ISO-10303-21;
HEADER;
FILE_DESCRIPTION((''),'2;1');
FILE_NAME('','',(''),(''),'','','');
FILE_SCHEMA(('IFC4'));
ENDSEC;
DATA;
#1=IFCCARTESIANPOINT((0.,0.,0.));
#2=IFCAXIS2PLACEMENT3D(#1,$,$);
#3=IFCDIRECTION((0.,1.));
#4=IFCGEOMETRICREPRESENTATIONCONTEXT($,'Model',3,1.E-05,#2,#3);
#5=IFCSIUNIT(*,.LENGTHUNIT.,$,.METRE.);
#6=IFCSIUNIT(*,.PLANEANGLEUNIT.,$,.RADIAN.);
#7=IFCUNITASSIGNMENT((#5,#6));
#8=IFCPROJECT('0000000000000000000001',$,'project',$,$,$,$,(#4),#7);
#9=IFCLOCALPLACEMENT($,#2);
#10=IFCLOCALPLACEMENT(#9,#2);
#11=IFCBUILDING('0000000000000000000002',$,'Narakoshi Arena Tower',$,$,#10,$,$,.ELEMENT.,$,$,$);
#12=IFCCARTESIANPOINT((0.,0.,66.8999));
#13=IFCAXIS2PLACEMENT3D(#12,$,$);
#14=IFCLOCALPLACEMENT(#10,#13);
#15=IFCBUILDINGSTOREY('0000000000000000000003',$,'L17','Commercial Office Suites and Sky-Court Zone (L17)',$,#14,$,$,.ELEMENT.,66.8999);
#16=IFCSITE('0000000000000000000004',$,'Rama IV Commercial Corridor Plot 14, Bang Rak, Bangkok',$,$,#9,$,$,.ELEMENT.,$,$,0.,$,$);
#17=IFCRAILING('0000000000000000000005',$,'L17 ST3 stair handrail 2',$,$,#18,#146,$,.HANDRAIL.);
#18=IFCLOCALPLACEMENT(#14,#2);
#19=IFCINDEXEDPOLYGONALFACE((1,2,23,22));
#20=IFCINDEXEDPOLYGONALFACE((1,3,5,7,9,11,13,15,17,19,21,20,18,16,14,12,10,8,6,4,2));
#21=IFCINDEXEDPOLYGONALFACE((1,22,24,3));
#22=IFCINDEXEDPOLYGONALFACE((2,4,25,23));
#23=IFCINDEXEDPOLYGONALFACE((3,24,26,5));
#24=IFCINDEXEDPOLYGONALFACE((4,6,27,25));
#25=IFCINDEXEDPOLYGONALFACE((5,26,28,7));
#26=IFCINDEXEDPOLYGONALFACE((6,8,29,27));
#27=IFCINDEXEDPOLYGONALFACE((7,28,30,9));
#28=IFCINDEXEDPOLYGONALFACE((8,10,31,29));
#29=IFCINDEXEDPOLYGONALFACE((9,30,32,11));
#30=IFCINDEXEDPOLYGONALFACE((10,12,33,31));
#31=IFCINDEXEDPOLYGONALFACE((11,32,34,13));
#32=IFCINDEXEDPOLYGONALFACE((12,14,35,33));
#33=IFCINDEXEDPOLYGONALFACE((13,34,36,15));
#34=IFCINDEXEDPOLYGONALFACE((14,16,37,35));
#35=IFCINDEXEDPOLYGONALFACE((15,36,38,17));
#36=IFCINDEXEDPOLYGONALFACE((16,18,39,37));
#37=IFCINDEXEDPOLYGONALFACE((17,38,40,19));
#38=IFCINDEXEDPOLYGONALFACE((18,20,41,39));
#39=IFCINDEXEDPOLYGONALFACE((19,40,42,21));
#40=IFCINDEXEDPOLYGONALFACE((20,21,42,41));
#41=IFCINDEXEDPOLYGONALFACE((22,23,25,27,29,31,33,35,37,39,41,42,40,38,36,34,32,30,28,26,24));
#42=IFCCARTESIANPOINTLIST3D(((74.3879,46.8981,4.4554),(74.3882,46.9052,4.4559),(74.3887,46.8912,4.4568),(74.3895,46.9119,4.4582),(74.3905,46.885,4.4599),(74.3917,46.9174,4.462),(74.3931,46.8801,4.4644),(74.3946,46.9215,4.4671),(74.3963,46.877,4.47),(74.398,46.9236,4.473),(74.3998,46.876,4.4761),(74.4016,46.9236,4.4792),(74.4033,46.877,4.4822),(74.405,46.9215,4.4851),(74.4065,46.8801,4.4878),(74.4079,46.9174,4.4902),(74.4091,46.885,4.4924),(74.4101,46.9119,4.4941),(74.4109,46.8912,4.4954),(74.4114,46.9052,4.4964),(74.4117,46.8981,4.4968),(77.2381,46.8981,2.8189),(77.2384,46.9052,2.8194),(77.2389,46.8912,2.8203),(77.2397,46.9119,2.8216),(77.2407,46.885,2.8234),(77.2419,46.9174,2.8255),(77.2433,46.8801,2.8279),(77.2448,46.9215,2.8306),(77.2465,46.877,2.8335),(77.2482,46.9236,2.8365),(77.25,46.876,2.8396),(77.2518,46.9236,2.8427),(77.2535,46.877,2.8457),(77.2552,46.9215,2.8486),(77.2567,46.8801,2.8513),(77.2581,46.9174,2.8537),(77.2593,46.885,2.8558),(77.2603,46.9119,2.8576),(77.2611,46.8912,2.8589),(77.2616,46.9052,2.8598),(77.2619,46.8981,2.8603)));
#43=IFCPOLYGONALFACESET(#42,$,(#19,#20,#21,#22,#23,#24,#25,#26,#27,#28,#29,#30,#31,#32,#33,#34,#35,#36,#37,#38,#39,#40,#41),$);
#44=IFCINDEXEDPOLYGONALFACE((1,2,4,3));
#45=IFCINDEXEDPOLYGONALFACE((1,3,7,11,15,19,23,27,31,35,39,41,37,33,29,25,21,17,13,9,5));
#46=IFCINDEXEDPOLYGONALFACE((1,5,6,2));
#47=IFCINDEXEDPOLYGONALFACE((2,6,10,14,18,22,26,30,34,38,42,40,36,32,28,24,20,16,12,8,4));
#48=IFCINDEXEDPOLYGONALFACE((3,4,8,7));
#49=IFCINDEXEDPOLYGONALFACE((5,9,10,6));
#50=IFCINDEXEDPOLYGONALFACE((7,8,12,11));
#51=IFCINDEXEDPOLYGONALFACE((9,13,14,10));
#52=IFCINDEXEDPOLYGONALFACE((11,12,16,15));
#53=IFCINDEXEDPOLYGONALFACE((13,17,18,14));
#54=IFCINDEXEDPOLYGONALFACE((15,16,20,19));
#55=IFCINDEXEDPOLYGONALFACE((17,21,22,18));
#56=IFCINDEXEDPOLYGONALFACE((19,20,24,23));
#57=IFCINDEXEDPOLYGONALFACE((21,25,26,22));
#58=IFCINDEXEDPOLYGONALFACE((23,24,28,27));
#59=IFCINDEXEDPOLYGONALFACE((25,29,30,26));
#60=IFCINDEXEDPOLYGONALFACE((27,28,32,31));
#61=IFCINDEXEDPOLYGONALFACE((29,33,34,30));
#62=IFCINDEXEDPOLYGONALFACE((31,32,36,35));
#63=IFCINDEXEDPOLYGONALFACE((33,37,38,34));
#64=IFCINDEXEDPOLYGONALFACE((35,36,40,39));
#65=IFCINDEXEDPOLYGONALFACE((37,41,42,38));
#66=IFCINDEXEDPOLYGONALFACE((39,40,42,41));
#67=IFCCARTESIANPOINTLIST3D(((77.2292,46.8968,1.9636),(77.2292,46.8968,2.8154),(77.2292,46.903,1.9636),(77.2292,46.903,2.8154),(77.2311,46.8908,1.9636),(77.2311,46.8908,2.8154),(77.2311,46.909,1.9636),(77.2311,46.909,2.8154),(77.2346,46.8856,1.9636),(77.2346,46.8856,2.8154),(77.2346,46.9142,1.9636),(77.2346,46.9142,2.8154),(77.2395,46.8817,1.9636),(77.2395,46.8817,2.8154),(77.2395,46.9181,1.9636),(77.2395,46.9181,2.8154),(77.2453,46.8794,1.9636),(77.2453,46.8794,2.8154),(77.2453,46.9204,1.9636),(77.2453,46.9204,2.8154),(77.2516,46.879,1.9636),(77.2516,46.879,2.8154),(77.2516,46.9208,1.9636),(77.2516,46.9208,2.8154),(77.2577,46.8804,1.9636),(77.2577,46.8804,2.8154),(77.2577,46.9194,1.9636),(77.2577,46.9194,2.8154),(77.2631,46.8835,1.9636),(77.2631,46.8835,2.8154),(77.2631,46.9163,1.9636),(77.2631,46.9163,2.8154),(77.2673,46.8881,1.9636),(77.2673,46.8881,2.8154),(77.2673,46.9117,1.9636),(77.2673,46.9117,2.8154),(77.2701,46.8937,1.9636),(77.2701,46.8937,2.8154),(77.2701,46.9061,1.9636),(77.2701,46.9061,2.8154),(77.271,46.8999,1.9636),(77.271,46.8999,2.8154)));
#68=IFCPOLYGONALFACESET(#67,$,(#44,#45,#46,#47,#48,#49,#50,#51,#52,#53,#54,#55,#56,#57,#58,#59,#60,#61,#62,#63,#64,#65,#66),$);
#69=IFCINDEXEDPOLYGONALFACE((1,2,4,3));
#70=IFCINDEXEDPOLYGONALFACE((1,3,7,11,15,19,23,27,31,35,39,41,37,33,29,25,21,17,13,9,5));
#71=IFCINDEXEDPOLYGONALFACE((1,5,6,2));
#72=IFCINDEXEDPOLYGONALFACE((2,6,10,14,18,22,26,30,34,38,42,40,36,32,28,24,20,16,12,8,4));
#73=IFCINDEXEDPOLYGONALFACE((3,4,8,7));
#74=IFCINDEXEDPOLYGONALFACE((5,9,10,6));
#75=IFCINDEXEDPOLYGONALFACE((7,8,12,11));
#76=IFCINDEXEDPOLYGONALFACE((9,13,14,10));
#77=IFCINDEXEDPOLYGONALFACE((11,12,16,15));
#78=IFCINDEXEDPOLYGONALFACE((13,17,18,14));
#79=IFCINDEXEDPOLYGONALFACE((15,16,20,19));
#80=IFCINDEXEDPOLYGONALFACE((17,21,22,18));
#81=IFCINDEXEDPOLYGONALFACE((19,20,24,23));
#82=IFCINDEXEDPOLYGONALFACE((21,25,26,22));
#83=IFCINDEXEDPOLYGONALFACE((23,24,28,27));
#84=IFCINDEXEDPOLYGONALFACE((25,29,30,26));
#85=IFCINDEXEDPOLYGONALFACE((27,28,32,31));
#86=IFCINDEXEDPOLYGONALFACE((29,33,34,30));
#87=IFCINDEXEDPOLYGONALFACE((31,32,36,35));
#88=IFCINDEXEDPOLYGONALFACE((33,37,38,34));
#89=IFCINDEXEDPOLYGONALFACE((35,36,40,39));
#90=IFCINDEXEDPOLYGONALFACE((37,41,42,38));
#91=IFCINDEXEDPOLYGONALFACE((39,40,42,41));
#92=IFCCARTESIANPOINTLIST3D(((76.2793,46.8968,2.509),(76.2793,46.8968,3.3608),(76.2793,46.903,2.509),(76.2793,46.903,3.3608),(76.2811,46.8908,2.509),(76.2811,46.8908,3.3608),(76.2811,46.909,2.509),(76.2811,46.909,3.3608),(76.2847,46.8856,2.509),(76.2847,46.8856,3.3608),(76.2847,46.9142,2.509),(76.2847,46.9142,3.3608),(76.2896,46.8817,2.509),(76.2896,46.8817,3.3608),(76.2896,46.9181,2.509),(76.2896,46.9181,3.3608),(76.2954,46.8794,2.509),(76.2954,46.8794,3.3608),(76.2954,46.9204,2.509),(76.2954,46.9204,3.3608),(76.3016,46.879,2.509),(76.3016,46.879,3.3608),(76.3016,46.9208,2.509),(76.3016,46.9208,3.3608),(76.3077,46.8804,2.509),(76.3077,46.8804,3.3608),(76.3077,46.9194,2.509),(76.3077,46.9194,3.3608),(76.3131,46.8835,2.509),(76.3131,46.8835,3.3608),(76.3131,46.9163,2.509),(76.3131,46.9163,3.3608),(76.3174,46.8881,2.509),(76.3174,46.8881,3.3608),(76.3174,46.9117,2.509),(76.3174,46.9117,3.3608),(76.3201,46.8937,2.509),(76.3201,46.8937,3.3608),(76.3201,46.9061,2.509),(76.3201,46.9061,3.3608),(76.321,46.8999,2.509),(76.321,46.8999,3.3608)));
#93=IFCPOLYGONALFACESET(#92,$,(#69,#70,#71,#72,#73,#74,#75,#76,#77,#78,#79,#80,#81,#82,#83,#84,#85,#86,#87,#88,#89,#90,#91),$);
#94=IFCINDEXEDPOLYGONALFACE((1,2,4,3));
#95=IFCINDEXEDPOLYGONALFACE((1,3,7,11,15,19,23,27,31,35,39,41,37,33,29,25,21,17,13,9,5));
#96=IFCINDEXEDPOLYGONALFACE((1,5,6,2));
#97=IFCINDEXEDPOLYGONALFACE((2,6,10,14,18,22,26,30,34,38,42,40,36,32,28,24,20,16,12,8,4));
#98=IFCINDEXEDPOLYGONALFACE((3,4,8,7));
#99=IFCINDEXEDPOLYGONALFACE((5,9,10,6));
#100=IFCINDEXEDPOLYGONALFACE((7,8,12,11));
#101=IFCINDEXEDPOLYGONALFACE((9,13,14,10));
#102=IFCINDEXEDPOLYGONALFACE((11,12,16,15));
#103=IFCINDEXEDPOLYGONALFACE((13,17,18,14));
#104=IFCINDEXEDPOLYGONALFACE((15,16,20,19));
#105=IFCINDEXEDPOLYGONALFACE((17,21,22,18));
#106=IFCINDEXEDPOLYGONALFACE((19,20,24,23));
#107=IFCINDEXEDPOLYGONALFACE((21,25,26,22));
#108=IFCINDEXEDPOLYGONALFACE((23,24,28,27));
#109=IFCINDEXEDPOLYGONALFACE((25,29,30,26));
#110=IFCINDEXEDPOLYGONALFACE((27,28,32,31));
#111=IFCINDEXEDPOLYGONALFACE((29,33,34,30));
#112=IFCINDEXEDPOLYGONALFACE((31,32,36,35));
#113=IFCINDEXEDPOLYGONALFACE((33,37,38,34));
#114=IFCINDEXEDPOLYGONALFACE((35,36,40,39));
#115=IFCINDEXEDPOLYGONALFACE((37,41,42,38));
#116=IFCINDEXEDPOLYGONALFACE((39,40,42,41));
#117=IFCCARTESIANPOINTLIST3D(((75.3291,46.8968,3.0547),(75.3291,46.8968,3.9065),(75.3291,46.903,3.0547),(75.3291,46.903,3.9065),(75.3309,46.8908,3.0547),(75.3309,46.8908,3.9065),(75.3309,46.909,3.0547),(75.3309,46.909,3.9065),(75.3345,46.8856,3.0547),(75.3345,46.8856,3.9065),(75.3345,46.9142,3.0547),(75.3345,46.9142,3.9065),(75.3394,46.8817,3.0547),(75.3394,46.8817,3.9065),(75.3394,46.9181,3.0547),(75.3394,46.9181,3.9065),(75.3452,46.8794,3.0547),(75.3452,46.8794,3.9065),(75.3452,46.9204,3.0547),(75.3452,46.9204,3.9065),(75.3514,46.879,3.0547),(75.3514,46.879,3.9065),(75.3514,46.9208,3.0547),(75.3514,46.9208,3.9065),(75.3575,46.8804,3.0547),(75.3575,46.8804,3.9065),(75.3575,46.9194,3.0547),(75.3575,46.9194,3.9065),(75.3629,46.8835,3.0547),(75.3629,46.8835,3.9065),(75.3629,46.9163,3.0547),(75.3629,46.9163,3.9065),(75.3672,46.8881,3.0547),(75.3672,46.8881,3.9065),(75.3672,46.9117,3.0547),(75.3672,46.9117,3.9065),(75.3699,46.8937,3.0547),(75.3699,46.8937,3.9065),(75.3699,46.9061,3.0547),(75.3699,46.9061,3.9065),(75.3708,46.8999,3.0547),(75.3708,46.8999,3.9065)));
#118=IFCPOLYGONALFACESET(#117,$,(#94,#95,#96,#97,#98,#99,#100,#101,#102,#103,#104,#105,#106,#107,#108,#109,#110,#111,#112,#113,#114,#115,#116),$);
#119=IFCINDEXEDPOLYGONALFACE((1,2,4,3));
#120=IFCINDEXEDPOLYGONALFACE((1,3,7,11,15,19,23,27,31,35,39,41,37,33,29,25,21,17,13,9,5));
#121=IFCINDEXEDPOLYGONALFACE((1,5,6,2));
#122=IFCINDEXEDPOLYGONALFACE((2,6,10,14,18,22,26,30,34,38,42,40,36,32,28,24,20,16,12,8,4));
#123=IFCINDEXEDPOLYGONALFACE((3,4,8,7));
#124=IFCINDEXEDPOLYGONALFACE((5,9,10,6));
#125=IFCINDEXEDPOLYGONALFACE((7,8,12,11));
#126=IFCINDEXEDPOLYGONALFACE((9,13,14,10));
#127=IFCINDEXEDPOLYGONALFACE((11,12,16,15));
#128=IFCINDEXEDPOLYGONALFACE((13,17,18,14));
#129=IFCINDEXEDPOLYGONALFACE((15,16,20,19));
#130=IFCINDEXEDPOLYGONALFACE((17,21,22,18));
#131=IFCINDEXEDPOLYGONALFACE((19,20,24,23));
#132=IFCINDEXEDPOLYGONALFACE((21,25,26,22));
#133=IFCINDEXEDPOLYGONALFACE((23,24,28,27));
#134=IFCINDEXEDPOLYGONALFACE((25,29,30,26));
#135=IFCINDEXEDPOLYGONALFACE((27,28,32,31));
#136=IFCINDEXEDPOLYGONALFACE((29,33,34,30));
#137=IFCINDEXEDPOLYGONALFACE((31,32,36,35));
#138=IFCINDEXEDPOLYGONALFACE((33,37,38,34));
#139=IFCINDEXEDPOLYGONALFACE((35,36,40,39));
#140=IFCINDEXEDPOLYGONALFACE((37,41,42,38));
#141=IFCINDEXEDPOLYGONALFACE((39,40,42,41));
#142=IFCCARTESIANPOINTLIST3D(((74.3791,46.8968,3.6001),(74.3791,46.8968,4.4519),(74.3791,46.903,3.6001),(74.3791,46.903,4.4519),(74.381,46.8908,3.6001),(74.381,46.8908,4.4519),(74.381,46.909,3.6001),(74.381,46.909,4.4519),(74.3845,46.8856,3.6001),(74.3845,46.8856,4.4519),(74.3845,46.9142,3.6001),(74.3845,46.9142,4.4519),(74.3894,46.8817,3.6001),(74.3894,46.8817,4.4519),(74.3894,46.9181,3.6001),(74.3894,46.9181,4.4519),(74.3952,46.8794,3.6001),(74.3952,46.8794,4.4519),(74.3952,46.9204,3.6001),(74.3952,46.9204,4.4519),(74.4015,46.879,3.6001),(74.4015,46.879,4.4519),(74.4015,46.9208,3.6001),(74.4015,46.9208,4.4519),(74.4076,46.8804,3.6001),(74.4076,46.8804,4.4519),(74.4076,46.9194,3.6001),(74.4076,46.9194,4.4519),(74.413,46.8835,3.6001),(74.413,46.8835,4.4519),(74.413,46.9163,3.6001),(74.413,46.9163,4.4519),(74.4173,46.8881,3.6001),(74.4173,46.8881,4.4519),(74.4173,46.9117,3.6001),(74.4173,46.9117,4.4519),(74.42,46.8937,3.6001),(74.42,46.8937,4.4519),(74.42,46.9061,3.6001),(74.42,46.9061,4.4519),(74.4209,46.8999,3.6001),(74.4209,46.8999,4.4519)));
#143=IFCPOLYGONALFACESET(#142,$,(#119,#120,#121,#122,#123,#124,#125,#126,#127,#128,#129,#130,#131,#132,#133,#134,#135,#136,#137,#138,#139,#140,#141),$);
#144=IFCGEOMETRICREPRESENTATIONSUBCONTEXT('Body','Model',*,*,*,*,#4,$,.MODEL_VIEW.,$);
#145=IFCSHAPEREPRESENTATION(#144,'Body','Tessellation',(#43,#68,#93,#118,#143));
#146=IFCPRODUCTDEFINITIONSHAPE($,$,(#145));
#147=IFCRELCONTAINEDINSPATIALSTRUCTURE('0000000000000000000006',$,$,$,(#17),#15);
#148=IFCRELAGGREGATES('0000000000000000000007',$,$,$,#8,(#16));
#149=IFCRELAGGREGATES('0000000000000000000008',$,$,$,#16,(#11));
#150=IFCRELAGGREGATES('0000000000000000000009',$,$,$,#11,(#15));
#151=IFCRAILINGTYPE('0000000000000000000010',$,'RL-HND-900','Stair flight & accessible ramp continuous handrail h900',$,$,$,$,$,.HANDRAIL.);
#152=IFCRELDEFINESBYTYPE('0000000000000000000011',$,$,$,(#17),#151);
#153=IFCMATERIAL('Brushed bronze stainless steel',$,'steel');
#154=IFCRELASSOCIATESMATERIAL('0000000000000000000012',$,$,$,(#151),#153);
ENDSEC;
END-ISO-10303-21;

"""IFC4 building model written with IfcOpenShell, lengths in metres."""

from ifc_helpers import new_model, si_unit, direction, frame, origin, origin_2d, place, context, subcontext, project, spatial, circle, extrude, material, type_object, element, save


model = new_model("IFC4")

# Units and contexts
model_context = context("Model", 3, precision=1e-05, world=origin(), true_north=direction((0.0, 1.0)))
body_context = subcontext(model_context, "Body", "Model", "MODEL_VIEW")
ifc_project = project(units=[si_unit("LENGTHUNIT", "METRE"), si_unit("PLANEANGLEUNIT", "RADIAN")], contexts=[model_context])

# Site, building, storey
site_placement = place(None, origin())
site = spatial("IfcSite", under=ifc_project, at=site_placement, Name="Rama IV Commercial Corridor Plot 14, Bang Rak, Bangkok", CompositionType="ELEMENT", RefElevation=0.0)
building_placement = place(site_placement, origin())
building = spatial("IfcBuilding", under=site, at=building_placement, Name="Narakoshi Arena Tower", CompositionType="ELEMENT")
storey_placement = place(building_placement, frame((0.0, 0.0, 66.8999)))
storey = spatial("IfcBuildingStorey", under=building, at=storey_placement, Name="L17", Description="Commercial Office Suites and Sky-Court Zone (L17)", CompositionType="ELEMENT", Elevation=66.8999)

# Shared definitions
ifc_material_1 = material(Name="Brushed bronze stainless steel", Category="steel")

# Railing
railing_type_1 = type_object("IfcRailingType", Name="RL-HND-900", Description="Stair flight & accessible ramp continuous handrail h900", PredefinedType="HANDRAIL", material=ifc_material_1)
railing_1_placement = place(storey_placement, frame((77.25, 46.8999, 1.9636)))
element("IfcRailing", 1, at=railing_1_placement, inside=storey, type_object=railing_type_1, Name="L17 ST3 stair handrail 2", PredefinedType="HANDRAIL", context=body_context, shape_type="SweptSolid", body=[
    extrude(circle(Radius=0.0239, at=origin_2d()), frame((0.0, 0.0, 0.876), z_axis=(-0.867213, 0.0, 0.497938), x_axis=(0.0, -1.0, 0.0)), (0.0, 0.0, 1.0), 3.2866),
    extrude(circle(Radius=0.021, at=origin_2d()), origin(), (0.0, 0.0, 1.0), 0.8518),
    extrude(circle(Radius=0.021, at=origin_2d()), frame((-0.95, 0.0, 0.5454)), (0.0, 0.0, 1.0), 0.8518),
    extrude(circle(Radius=0.021, at=origin_2d()), frame((-1.9001, 0.0, 1.0911)), (0.0, 0.0, 1.0), 0.8518),
    extrude(circle(Radius=0.021, at=origin_2d()), frame((-2.8501, 0.0, 1.6365)), (0.0, 0.0, 1.0), 0.8518),
])

save(model, "model.ifc")
